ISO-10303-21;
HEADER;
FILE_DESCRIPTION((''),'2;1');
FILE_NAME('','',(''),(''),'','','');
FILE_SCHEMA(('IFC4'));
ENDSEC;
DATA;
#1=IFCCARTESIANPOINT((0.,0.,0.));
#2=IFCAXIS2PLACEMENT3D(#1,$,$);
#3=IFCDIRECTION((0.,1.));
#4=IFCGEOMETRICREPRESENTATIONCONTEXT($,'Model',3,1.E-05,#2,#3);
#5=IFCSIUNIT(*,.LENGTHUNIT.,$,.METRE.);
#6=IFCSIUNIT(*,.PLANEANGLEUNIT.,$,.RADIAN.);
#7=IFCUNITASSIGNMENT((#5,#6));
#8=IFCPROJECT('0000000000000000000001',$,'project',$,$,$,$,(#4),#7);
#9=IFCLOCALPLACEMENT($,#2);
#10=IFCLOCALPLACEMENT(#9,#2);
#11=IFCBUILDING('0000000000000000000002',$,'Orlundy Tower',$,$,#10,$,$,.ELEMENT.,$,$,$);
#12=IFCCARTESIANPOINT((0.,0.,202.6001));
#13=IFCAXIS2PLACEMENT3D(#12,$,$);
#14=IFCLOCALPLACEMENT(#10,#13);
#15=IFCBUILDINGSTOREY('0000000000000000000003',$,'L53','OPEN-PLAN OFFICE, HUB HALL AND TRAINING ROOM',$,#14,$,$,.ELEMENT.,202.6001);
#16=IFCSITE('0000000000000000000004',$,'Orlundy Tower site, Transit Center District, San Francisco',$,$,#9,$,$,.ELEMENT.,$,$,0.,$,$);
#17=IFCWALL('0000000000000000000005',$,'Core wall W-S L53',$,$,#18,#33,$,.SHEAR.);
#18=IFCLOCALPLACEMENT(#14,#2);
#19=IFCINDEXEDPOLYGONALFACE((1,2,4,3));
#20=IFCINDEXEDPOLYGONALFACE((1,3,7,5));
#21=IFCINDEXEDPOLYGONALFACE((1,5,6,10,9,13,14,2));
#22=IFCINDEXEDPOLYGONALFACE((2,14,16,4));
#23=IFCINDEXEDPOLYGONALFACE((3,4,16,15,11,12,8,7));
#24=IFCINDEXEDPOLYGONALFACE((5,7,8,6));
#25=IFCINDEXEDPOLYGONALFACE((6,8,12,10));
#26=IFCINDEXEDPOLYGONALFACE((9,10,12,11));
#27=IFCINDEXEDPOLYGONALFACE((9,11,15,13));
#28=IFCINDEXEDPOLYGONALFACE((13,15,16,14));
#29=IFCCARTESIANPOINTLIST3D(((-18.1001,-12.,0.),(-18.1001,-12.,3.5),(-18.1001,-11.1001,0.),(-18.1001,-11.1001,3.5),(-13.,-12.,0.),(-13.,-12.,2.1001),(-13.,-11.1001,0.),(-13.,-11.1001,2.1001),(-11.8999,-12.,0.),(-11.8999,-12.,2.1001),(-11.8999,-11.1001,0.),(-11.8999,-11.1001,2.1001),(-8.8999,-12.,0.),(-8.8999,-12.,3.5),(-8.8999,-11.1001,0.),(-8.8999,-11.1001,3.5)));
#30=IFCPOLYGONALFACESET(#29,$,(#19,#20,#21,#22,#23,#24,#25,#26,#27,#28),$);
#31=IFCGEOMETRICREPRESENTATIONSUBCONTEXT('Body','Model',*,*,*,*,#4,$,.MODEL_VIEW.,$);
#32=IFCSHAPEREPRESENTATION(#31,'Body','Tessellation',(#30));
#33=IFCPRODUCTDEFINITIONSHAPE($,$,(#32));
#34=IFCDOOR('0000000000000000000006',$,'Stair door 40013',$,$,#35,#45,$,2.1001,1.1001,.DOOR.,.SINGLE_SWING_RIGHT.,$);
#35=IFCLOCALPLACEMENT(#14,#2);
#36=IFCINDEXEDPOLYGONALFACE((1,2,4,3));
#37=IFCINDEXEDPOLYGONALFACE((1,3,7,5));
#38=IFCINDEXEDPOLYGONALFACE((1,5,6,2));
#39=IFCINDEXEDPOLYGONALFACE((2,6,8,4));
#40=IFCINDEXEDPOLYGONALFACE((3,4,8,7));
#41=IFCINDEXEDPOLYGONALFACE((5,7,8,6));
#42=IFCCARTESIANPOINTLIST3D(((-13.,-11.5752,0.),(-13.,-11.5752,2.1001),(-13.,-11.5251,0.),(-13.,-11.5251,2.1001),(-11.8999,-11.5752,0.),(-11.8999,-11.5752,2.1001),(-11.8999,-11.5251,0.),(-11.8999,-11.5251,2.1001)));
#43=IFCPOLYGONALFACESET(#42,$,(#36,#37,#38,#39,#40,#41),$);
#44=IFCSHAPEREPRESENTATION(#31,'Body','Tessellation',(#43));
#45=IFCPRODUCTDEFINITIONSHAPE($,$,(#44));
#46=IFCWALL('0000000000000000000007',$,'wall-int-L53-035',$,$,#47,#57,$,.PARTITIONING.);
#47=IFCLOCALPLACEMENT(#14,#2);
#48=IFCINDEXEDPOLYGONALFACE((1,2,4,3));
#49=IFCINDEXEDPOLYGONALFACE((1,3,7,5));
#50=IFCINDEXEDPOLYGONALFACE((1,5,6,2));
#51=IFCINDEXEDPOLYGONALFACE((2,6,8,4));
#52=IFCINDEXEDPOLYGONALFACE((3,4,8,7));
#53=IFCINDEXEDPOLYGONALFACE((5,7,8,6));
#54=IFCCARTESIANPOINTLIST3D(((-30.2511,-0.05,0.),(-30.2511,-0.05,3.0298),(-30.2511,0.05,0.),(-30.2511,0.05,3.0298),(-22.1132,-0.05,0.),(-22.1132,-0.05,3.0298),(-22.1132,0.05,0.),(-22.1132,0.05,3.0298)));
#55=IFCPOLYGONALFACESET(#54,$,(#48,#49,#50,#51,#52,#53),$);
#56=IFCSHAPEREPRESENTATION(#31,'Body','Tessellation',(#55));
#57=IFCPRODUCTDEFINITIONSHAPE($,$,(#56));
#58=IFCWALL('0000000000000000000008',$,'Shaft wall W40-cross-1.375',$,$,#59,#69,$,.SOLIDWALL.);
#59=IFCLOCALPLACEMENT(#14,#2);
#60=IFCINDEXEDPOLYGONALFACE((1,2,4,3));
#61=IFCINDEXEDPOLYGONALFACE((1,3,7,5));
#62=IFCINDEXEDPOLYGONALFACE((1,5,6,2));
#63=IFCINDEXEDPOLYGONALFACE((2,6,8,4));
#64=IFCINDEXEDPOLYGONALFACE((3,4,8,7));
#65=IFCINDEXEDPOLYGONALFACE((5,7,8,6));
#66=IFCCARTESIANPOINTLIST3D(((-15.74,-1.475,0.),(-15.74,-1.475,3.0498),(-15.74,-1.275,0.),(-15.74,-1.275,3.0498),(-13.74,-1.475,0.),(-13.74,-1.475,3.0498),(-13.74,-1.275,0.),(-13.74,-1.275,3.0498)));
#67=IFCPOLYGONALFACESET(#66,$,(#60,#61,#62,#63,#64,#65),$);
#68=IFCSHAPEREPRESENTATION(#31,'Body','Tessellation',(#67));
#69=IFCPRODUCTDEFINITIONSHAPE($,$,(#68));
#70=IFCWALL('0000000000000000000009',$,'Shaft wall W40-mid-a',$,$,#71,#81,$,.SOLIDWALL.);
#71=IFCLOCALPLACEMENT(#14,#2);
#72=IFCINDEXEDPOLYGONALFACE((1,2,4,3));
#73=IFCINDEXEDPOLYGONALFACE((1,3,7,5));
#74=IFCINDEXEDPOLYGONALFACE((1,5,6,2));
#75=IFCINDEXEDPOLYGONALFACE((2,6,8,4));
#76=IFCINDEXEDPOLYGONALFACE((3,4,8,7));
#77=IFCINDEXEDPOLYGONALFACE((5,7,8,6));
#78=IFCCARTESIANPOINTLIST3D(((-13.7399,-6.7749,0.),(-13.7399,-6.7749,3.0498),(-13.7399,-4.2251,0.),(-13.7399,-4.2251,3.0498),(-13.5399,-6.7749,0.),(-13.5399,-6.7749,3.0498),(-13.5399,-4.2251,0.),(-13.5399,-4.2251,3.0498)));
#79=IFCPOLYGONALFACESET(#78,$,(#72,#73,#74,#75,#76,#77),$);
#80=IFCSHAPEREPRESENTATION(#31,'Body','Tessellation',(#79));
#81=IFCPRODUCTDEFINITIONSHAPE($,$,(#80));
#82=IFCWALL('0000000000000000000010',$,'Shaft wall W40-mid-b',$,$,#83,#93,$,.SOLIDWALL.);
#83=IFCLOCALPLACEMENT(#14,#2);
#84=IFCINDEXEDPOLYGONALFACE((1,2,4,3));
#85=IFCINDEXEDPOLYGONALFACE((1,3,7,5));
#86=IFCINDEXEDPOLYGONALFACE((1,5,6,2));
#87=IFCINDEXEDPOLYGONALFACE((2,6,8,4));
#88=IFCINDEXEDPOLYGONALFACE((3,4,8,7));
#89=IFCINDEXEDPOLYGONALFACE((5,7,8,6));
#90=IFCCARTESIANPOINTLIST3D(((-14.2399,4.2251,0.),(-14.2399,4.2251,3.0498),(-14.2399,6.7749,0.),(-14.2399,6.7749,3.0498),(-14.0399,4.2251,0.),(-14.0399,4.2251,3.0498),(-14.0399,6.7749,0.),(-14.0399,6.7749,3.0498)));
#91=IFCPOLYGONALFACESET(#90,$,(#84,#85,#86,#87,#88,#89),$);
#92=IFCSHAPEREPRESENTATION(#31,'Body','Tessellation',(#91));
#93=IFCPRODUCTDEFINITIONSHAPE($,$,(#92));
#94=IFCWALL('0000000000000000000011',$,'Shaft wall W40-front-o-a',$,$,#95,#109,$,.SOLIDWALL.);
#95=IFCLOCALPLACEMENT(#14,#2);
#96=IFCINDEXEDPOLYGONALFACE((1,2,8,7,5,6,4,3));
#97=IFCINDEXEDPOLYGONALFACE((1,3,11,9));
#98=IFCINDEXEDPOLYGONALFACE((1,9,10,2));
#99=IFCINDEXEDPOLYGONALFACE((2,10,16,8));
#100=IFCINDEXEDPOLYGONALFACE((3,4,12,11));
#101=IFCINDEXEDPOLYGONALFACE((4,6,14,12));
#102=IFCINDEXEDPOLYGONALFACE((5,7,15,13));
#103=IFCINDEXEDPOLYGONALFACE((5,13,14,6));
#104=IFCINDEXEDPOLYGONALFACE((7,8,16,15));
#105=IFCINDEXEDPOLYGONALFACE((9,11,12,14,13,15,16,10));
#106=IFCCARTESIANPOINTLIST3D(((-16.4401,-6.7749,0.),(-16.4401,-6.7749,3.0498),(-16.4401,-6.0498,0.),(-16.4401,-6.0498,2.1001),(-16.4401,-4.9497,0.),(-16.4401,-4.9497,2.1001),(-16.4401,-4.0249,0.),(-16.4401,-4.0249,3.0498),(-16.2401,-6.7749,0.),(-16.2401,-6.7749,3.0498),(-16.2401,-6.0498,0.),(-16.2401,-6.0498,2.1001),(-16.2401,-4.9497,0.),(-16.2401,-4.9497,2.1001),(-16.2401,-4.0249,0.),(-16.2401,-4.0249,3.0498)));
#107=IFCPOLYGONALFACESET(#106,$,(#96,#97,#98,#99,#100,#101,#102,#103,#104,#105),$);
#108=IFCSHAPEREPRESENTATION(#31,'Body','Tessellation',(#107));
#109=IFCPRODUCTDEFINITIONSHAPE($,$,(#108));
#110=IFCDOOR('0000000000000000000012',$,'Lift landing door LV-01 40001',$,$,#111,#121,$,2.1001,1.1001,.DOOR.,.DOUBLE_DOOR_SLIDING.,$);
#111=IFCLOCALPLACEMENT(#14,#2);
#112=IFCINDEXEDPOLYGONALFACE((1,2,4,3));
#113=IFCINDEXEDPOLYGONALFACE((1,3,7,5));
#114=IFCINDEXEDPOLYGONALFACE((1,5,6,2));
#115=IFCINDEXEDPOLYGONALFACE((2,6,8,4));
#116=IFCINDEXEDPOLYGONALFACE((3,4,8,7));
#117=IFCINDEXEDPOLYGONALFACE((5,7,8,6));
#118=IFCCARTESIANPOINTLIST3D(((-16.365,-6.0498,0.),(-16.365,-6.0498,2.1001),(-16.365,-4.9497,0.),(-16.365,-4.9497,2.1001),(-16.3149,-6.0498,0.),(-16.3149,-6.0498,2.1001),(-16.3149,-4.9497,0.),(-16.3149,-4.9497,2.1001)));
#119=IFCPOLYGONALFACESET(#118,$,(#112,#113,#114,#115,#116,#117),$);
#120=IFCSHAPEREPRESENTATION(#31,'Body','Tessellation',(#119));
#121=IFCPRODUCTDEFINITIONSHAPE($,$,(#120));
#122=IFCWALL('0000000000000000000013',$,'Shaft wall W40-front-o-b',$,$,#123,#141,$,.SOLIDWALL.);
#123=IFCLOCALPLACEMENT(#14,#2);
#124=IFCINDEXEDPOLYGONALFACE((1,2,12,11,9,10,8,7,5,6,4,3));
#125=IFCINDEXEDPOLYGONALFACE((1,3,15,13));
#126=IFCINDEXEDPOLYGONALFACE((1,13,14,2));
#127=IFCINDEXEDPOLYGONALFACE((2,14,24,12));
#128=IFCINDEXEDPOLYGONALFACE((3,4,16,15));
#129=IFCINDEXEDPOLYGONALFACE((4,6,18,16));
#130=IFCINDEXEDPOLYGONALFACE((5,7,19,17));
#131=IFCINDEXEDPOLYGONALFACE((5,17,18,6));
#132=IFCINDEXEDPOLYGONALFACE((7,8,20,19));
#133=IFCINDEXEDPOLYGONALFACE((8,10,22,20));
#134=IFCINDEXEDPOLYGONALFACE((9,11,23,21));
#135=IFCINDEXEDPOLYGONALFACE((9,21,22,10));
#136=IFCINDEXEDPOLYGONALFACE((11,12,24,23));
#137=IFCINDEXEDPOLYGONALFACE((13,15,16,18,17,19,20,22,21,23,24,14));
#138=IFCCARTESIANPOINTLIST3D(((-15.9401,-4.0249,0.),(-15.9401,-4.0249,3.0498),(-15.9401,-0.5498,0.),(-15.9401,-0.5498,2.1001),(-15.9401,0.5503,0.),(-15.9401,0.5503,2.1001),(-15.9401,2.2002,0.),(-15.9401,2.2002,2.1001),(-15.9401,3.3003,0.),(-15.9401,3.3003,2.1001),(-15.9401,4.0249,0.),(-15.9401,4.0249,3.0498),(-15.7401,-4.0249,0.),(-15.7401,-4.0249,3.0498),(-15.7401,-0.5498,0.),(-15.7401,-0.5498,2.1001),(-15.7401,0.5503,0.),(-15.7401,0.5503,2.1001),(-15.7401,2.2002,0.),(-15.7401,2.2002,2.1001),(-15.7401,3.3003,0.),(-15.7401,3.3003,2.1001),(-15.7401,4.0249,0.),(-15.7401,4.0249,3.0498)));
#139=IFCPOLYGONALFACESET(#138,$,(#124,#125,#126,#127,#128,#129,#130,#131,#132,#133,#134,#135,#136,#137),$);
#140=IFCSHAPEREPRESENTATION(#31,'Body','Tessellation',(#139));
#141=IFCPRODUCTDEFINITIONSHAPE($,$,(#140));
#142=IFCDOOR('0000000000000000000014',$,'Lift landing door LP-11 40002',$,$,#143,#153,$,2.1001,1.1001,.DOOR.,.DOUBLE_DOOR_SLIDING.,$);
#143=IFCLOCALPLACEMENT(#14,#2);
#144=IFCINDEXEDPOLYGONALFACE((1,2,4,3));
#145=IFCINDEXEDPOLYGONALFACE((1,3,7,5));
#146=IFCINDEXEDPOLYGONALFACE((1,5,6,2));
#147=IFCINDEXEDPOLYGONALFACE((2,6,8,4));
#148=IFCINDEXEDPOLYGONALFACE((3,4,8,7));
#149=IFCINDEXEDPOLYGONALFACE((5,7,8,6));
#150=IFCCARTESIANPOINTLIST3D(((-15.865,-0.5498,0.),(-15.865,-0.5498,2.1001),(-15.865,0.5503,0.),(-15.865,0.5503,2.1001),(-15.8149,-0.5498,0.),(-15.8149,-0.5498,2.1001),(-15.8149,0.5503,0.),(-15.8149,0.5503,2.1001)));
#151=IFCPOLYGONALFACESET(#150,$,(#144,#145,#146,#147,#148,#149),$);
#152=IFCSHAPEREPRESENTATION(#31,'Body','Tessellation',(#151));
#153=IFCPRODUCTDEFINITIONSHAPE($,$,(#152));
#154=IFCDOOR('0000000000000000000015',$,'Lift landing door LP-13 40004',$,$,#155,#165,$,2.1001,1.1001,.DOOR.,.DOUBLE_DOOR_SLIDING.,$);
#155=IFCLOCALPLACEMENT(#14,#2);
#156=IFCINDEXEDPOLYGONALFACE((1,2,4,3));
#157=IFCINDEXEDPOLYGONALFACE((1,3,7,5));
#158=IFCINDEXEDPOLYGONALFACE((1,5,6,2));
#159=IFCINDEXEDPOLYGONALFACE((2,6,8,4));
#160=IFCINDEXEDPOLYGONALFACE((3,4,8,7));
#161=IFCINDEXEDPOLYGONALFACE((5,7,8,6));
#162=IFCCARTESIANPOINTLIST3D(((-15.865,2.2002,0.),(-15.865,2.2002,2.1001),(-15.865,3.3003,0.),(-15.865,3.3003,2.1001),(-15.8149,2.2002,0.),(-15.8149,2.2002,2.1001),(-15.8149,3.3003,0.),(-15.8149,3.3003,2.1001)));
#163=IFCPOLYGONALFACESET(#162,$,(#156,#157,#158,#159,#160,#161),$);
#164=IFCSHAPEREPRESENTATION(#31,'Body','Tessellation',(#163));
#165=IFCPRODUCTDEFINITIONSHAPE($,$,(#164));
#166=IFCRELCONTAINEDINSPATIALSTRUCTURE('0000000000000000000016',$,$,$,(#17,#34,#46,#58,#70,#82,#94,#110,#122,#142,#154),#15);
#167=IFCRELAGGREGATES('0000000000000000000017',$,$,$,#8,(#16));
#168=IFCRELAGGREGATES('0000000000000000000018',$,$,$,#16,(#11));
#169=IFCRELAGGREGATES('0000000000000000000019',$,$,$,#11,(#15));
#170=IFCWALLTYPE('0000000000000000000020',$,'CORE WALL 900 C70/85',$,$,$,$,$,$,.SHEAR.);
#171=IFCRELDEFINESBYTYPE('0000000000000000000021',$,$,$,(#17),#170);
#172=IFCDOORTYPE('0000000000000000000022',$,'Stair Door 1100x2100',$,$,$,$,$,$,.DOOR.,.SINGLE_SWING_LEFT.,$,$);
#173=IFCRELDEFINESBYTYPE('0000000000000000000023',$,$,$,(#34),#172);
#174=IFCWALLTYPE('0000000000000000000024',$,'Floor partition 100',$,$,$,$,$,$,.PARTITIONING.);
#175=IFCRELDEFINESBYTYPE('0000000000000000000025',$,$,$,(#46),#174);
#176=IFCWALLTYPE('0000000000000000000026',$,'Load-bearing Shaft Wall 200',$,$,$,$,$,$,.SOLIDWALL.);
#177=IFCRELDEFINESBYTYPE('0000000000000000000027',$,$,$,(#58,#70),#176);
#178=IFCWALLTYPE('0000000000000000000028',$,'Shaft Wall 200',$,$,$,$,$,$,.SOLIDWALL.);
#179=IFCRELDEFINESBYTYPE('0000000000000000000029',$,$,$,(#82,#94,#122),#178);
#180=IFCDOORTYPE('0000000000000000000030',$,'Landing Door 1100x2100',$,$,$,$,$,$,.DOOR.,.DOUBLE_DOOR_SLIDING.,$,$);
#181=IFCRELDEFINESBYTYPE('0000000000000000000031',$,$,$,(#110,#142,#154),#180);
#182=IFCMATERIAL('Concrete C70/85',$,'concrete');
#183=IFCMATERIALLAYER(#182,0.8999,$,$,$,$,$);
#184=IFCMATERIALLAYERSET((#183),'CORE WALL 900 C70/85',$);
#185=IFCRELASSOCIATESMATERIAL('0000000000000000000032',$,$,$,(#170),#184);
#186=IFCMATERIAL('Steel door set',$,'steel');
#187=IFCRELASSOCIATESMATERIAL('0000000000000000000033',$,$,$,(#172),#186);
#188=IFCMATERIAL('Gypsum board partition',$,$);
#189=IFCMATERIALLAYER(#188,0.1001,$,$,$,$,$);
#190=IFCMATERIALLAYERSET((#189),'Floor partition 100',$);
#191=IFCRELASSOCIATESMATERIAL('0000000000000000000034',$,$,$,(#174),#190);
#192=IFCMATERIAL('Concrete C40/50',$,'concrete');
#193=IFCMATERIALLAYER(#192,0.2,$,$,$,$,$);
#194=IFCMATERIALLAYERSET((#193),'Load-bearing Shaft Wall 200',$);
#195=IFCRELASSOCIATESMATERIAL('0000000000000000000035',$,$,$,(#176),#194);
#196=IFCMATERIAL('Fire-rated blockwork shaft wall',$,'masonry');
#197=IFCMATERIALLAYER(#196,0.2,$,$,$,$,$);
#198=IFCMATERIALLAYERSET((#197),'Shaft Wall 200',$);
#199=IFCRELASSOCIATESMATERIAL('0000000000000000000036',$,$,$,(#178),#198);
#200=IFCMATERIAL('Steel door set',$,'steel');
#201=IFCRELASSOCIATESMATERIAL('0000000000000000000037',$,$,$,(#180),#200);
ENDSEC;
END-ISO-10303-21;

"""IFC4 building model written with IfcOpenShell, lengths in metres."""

from ifc_helpers import new_model, si_unit, direction, frame, frame_2d, origin, place, context, subcontext, project, spatial, rectangle, extrude, material, layer, layer_set, type_object, element, fill, save


model = new_model("IFC4")

# Units and contexts
model_context = context("Model", 3, precision=1e-05, world=origin(), true_north=direction((0.0, 1.0)))
body_context = subcontext(model_context, "Body", "Model", "MODEL_VIEW")
ifc_project = project(units=[si_unit("LENGTHUNIT", "METRE"), si_unit("PLANEANGLEUNIT", "RADIAN")], contexts=[model_context])

# Site, building, storey
site_placement = place(None, origin())
site = spatial("IfcSite", under=ifc_project, at=site_placement, Name="Orlundy Tower site, Transit Center District, San Francisco", CompositionType="ELEMENT", RefElevation=0.0)
building_placement = place(site_placement, origin())
building = spatial("IfcBuilding", under=site, at=building_placement, Name="Orlundy Tower", CompositionType="ELEMENT")
storey_placement = place(building_placement, frame((0.0, 0.0, 202.6001)))
storey = spatial("IfcBuildingStorey", under=building, at=storey_placement, Name="L53", Description="OPEN-PLAN OFFICE, HUB HALL AND TRAINING ROOM", CompositionType="ELEMENT", Elevation=202.6001)

# Wall, opening, door
ifc_material_1 = material(Name="Concrete C70/85", Category="concrete")
ifc_layer_1 = layer(ifc_material_1, 0.8999)
ifc_layer_set_1 = layer_set([ifc_layer_1], Name="CORE WALL 900 C70/85")
wall_type_1 = type_object("IfcWallType", Name="CORE WALL 900 C70/85", PredefinedType="SHEAR", material=ifc_layer_set_1)
wall_1_placement = place(storey_placement, frame((-18.1001, -11.55, 0.0), z_axis=(0.0, 0.0, 1.0), x_axis=(1.0, 0.0, 0.0)))
wall_1 = element("IfcWall", 1, at=wall_1_placement, inside=storey, type_object=wall_type_1, Name="Core wall W-S L53", PredefinedType="SHEAR", context=body_context, shape_type="SweptSolid", body=[
    extrude(rectangle(XDim=9.2002, YDim=0.8999, at=frame_2d((4.6001, 0.0))), origin(), (0.0, 0.0, 1.0), 3.5),
])
opening_1_placement = place(wall_1_placement, frame((5.1001, 0.0, 0.0)))
opening_1 = element("IfcOpeningElement", 2, at=opening_1_placement, cuts=wall_1, PredefinedType="OPENING", context=body_context, shape_type="SweptSolid", body=[
    extrude(rectangle(XDim=1.1001, YDim=2.1001, at=frame_2d((0.55, 1.05))), frame((0.0, 0.46, 0.0), z_axis=(0.0, -1.0, 0.0), x_axis=(1.0, 0.0, 0.0)), (0.0, 0.0, 1.0), 0.9199),
])
ifc_material_2 = material(Name="Steel door set", Category="steel")
door_type_1 = type_object("IfcDoorType", Name="Stair Door 1100x2100", OperationType="SINGLE_SWING_LEFT", PredefinedType="DOOR", material=ifc_material_2)
door_1_placement = place(opening_1_placement, origin())
door_1 = element("IfcDoor", 3, at=door_1_placement, inside=storey, type_object=door_type_1, Name="Stair door 40013", OperationType="SINGLE_SWING_RIGHT", OverallHeight=2.1001, OverallWidth=1.1001, PredefinedType="DOOR", context=body_context, shape_type="SweptSolid", body=[
    extrude(rectangle(XDim=1.1001, YDim=2.1001, at=frame_2d((0.55, 1.05))), frame((0.0, 0.0249, 0.0), z_axis=(0.0, -1.0, 0.0), x_axis=(1.0, 0.0, 0.0)), (0.0, 0.0, 1.0), 0.05),
])
fill(opening_1, door_1)

# Walls
ifc_material_3 = material(Name="Gypsum board partition")
ifc_layer_2 = layer(ifc_material_3, 0.1001)
ifc_layer_set_2 = layer_set([ifc_layer_2], Name="Floor partition 100")
wall_type_2 = type_object("IfcWallType", Name="Floor partition 100", PredefinedType="PARTITIONING", material=ifc_layer_set_2)
wall_2_placement = place(storey_placement, frame((-30.251, 0.0, 0.0), z_axis=(0.0, 0.0, 1.0), x_axis=(1.0, 0.0, 0.0)))
element("IfcWall", 4, at=wall_2_placement, inside=storey, type_object=wall_type_2, Name="wall-int-L53-035", PredefinedType="PARTITIONING", context=body_context, shape_type="SweptSolid", body=[
    extrude(rectangle(XDim=8.1379, YDim=0.1001, at=frame_2d((4.0688, 0.0))), origin(), (0.0, 0.0, 1.0), 3.0298),
])
ifc_material_4 = material(Name="Concrete C40/50", Category="concrete")
ifc_layer_3 = layer(ifc_material_4, 0.2)
ifc_layer_set_3 = layer_set([ifc_layer_3], Name="Load-bearing Shaft Wall 200")
wall_type_3 = type_object("IfcWallType", Name="Load-bearing Shaft Wall 200", PredefinedType="SOLIDWALL", material=ifc_layer_set_3)
wall_3_placement = place(storey_placement, frame((-13.74, -1.375, 0.0), z_axis=(0.0, 0.0, 1.0), x_axis=(-1.0, 0.0, 0.0)))
element("IfcWall", 5, at=wall_3_placement, inside=storey, type_object=wall_type_3, Name="Shaft wall W40-cross-1.375", PredefinedType="SOLIDWALL", context=body_context, shape_type="SweptSolid", body=[
    extrude(rectangle(XDim=2.0, YDim=0.2, at=frame_2d((1.0, 0.0))), origin(), (0.0, 0.0, 1.0), 3.0498),
])
wall_4_placement = place(storey_placement, frame((-13.6399, -6.7749, 0.0), z_axis=(0.0, 0.0, 1.0), x_axis=(0.0, 1.0, 0.0)))
element("IfcWall", 6, at=wall_4_placement, inside=storey, type_object=wall_type_3, Name="Shaft wall W40-mid-a", PredefinedType="SOLIDWALL", context=body_context, shape_type="SweptSolid", body=[
    extrude(rectangle(XDim=2.5498, YDim=0.2, at=frame_2d((1.2749, 0.0))), origin(), (0.0, 0.0, 1.0), 3.0498),
])
ifc_material_5 = material(Name="Fire-rated blockwork shaft wall", Category="masonry")
ifc_layer_4 = layer(ifc_material_5, 0.2)
ifc_layer_set_4 = layer_set([ifc_layer_4], Name="Shaft Wall 200")
wall_type_4 = type_object("IfcWallType", Name="Shaft Wall 200", PredefinedType="SOLIDWALL", material=ifc_layer_set_4)
wall_5_placement = place(storey_placement, frame((-14.1399, 4.2251, 0.0), z_axis=(0.0, 0.0, 1.0), x_axis=(0.0, 1.0, 0.0)))
element("IfcWall", 7, at=wall_5_placement, inside=storey, type_object=wall_type_4, Name="Shaft wall W40-mid-b", PredefinedType="SOLIDWALL", context=body_context, shape_type="SweptSolid", body=[
    extrude(rectangle(XDim=2.5498, YDim=0.2, at=frame_2d((1.2749, 0.0))), origin(), (0.0, 0.0, 1.0), 3.0498),
])

# Wall, opening, door
wall_6_placement = place(storey_placement, frame((-16.3401, -6.7749, 0.0), z_axis=(0.0, 0.0, 1.0), x_axis=(0.0, 1.0, 0.0)))
wall_6 = element("IfcWall", 8, at=wall_6_placement, inside=storey, type_object=wall_type_4, Name="Shaft wall W40-front-o-a", PredefinedType="SOLIDWALL", context=body_context, shape_type="SweptSolid", body=[
    extrude(rectangle(XDim=2.75, YDim=0.2, at=frame_2d((1.375, 0.0))), origin(), (0.0, 0.0, 1.0), 3.0498),
])
opening_2_placement = place(wall_6_placement, frame((0.7251, 0.0, 0.0)))
opening_2 = element("IfcOpeningElement", 9, at=opening_2_placement, cuts=wall_6, PredefinedType="OPENING", context=body_context, shape_type="SweptSolid", body=[
    extrude(rectangle(XDim=1.1001, YDim=2.1001, at=frame_2d((0.55, 1.05))), frame((0.0, 0.1101, 0.0), z_axis=(0.0, -1.0, 0.0), x_axis=(1.0, 0.0, 0.0)), (0.0, 0.0, 1.0), 0.2202),
])
ifc_material_6 = material(Name="Steel door set", Category="steel")
door_type_2 = type_object("IfcDoorType", Name="Landing Door 1100x2100", OperationType="DOUBLE_DOOR_SLIDING", PredefinedType="DOOR", material=ifc_material_6)
door_2_placement = place(opening_2_placement, origin())
door_2 = element("IfcDoor", 10, at=door_2_placement, inside=storey, type_object=door_type_2, Name="Lift landing door LV-01 40001", OperationType="DOUBLE_DOOR_SLIDING", OverallHeight=2.1001, OverallWidth=1.1001, PredefinedType="DOOR", context=body_context, shape_type="SweptSolid", body=[
    extrude(rectangle(XDim=1.1001, YDim=2.1001, at=frame_2d((0.55, 1.05))), frame((0.0, 0.0249, 0.0), z_axis=(0.0, -1.0, 0.0), x_axis=(1.0, 0.0, 0.0)), (0.0, 0.0, 1.0), 0.05),
])
fill(opening_2, door_2)

# Wall, openings, doors
wall_7_placement = place(storey_placement, frame((-15.8401, -4.0249, 0.0), z_axis=(0.0, 0.0, 1.0), x_axis=(0.0, 1.0, 0.0)))
wall_7 = element("IfcWall", 11, at=wall_7_placement, inside=storey, type_object=wall_type_4, Name="Shaft wall W40-front-o-b", PredefinedType="SOLIDWALL", context=body_context, shape_type="SweptSolid", body=[
    extrude(rectangle(XDim=8.0498, YDim=0.2, at=frame_2d((4.0249, 0.0))), origin(), (0.0, 0.0, 1.0), 3.0498),
])
opening_3_placement = place(wall_7_placement, frame((3.4751, 0.0, 0.0)))
opening_3 = element("IfcOpeningElement", 12, at=opening_3_placement, cuts=wall_7, PredefinedType="OPENING", context=body_context, shape_type="SweptSolid", body=[
    extrude(rectangle(XDim=1.1001, YDim=2.1001, at=frame_2d((0.55, 1.05))), frame((0.0, 0.1101, 0.0), z_axis=(0.0, -1.0, 0.0), x_axis=(1.0, 0.0, 0.0)), (0.0, 0.0, 1.0), 0.2202),
])
opening_4_placement = place(wall_7_placement, frame((6.2251, 0.0, 0.0)))
opening_4 = element("IfcOpeningElement", 13, at=opening_4_placement, cuts=wall_7, PredefinedType="OPENING", context=body_context, shape_type="SweptSolid", body=[
    extrude(rectangle(XDim=1.1001, YDim=2.1001, at=frame_2d((0.55, 1.05))), frame((0.0, 0.1101, 0.0), z_axis=(0.0, -1.0, 0.0), x_axis=(1.0, 0.0, 0.0)), (0.0, 0.0, 1.0), 0.2202),
])
door_3_placement = place(opening_3_placement, origin())
door_3 = element("IfcDoor", 14, at=door_3_placement, inside=storey, type_object=door_type_2, Name="Lift landing door LP-11 40002", OperationType="DOUBLE_DOOR_SLIDING", OverallHeight=2.1001, OverallWidth=1.1001, PredefinedType="DOOR", context=body_context, shape_type="SweptSolid", body=[
    extrude(rectangle(XDim=1.1001, YDim=2.1001, at=frame_2d((0.55, 1.05))), frame((0.0, 0.0249, 0.0), z_axis=(0.0, -1.0, 0.0), x_axis=(1.0, 0.0, 0.0)), (0.0, 0.0, 1.0), 0.05),
])
fill(opening_3, door_3)
door_4_placement = place(opening_4_placement, origin())
door_4 = element("IfcDoor", 15, at=door_4_placement, inside=storey, type_object=door_type_2, Name="Lift landing door LP-13 40004", OperationType="DOUBLE_DOOR_SLIDING", OverallHeight=2.1001, OverallWidth=1.1001, PredefinedType="DOOR", context=body_context, shape_type="SweptSolid", body=[
    extrude(rectangle(XDim=1.1001, YDim=2.1001, at=frame_2d((0.55, 1.05))), frame((0.0, 0.0249, 0.0), z_axis=(0.0, -1.0, 0.0), x_axis=(1.0, 0.0, 0.0)), (0.0, 0.0, 1.0), 0.05),
])
fill(opening_4, door_4)

save(model, "model.ifc")
